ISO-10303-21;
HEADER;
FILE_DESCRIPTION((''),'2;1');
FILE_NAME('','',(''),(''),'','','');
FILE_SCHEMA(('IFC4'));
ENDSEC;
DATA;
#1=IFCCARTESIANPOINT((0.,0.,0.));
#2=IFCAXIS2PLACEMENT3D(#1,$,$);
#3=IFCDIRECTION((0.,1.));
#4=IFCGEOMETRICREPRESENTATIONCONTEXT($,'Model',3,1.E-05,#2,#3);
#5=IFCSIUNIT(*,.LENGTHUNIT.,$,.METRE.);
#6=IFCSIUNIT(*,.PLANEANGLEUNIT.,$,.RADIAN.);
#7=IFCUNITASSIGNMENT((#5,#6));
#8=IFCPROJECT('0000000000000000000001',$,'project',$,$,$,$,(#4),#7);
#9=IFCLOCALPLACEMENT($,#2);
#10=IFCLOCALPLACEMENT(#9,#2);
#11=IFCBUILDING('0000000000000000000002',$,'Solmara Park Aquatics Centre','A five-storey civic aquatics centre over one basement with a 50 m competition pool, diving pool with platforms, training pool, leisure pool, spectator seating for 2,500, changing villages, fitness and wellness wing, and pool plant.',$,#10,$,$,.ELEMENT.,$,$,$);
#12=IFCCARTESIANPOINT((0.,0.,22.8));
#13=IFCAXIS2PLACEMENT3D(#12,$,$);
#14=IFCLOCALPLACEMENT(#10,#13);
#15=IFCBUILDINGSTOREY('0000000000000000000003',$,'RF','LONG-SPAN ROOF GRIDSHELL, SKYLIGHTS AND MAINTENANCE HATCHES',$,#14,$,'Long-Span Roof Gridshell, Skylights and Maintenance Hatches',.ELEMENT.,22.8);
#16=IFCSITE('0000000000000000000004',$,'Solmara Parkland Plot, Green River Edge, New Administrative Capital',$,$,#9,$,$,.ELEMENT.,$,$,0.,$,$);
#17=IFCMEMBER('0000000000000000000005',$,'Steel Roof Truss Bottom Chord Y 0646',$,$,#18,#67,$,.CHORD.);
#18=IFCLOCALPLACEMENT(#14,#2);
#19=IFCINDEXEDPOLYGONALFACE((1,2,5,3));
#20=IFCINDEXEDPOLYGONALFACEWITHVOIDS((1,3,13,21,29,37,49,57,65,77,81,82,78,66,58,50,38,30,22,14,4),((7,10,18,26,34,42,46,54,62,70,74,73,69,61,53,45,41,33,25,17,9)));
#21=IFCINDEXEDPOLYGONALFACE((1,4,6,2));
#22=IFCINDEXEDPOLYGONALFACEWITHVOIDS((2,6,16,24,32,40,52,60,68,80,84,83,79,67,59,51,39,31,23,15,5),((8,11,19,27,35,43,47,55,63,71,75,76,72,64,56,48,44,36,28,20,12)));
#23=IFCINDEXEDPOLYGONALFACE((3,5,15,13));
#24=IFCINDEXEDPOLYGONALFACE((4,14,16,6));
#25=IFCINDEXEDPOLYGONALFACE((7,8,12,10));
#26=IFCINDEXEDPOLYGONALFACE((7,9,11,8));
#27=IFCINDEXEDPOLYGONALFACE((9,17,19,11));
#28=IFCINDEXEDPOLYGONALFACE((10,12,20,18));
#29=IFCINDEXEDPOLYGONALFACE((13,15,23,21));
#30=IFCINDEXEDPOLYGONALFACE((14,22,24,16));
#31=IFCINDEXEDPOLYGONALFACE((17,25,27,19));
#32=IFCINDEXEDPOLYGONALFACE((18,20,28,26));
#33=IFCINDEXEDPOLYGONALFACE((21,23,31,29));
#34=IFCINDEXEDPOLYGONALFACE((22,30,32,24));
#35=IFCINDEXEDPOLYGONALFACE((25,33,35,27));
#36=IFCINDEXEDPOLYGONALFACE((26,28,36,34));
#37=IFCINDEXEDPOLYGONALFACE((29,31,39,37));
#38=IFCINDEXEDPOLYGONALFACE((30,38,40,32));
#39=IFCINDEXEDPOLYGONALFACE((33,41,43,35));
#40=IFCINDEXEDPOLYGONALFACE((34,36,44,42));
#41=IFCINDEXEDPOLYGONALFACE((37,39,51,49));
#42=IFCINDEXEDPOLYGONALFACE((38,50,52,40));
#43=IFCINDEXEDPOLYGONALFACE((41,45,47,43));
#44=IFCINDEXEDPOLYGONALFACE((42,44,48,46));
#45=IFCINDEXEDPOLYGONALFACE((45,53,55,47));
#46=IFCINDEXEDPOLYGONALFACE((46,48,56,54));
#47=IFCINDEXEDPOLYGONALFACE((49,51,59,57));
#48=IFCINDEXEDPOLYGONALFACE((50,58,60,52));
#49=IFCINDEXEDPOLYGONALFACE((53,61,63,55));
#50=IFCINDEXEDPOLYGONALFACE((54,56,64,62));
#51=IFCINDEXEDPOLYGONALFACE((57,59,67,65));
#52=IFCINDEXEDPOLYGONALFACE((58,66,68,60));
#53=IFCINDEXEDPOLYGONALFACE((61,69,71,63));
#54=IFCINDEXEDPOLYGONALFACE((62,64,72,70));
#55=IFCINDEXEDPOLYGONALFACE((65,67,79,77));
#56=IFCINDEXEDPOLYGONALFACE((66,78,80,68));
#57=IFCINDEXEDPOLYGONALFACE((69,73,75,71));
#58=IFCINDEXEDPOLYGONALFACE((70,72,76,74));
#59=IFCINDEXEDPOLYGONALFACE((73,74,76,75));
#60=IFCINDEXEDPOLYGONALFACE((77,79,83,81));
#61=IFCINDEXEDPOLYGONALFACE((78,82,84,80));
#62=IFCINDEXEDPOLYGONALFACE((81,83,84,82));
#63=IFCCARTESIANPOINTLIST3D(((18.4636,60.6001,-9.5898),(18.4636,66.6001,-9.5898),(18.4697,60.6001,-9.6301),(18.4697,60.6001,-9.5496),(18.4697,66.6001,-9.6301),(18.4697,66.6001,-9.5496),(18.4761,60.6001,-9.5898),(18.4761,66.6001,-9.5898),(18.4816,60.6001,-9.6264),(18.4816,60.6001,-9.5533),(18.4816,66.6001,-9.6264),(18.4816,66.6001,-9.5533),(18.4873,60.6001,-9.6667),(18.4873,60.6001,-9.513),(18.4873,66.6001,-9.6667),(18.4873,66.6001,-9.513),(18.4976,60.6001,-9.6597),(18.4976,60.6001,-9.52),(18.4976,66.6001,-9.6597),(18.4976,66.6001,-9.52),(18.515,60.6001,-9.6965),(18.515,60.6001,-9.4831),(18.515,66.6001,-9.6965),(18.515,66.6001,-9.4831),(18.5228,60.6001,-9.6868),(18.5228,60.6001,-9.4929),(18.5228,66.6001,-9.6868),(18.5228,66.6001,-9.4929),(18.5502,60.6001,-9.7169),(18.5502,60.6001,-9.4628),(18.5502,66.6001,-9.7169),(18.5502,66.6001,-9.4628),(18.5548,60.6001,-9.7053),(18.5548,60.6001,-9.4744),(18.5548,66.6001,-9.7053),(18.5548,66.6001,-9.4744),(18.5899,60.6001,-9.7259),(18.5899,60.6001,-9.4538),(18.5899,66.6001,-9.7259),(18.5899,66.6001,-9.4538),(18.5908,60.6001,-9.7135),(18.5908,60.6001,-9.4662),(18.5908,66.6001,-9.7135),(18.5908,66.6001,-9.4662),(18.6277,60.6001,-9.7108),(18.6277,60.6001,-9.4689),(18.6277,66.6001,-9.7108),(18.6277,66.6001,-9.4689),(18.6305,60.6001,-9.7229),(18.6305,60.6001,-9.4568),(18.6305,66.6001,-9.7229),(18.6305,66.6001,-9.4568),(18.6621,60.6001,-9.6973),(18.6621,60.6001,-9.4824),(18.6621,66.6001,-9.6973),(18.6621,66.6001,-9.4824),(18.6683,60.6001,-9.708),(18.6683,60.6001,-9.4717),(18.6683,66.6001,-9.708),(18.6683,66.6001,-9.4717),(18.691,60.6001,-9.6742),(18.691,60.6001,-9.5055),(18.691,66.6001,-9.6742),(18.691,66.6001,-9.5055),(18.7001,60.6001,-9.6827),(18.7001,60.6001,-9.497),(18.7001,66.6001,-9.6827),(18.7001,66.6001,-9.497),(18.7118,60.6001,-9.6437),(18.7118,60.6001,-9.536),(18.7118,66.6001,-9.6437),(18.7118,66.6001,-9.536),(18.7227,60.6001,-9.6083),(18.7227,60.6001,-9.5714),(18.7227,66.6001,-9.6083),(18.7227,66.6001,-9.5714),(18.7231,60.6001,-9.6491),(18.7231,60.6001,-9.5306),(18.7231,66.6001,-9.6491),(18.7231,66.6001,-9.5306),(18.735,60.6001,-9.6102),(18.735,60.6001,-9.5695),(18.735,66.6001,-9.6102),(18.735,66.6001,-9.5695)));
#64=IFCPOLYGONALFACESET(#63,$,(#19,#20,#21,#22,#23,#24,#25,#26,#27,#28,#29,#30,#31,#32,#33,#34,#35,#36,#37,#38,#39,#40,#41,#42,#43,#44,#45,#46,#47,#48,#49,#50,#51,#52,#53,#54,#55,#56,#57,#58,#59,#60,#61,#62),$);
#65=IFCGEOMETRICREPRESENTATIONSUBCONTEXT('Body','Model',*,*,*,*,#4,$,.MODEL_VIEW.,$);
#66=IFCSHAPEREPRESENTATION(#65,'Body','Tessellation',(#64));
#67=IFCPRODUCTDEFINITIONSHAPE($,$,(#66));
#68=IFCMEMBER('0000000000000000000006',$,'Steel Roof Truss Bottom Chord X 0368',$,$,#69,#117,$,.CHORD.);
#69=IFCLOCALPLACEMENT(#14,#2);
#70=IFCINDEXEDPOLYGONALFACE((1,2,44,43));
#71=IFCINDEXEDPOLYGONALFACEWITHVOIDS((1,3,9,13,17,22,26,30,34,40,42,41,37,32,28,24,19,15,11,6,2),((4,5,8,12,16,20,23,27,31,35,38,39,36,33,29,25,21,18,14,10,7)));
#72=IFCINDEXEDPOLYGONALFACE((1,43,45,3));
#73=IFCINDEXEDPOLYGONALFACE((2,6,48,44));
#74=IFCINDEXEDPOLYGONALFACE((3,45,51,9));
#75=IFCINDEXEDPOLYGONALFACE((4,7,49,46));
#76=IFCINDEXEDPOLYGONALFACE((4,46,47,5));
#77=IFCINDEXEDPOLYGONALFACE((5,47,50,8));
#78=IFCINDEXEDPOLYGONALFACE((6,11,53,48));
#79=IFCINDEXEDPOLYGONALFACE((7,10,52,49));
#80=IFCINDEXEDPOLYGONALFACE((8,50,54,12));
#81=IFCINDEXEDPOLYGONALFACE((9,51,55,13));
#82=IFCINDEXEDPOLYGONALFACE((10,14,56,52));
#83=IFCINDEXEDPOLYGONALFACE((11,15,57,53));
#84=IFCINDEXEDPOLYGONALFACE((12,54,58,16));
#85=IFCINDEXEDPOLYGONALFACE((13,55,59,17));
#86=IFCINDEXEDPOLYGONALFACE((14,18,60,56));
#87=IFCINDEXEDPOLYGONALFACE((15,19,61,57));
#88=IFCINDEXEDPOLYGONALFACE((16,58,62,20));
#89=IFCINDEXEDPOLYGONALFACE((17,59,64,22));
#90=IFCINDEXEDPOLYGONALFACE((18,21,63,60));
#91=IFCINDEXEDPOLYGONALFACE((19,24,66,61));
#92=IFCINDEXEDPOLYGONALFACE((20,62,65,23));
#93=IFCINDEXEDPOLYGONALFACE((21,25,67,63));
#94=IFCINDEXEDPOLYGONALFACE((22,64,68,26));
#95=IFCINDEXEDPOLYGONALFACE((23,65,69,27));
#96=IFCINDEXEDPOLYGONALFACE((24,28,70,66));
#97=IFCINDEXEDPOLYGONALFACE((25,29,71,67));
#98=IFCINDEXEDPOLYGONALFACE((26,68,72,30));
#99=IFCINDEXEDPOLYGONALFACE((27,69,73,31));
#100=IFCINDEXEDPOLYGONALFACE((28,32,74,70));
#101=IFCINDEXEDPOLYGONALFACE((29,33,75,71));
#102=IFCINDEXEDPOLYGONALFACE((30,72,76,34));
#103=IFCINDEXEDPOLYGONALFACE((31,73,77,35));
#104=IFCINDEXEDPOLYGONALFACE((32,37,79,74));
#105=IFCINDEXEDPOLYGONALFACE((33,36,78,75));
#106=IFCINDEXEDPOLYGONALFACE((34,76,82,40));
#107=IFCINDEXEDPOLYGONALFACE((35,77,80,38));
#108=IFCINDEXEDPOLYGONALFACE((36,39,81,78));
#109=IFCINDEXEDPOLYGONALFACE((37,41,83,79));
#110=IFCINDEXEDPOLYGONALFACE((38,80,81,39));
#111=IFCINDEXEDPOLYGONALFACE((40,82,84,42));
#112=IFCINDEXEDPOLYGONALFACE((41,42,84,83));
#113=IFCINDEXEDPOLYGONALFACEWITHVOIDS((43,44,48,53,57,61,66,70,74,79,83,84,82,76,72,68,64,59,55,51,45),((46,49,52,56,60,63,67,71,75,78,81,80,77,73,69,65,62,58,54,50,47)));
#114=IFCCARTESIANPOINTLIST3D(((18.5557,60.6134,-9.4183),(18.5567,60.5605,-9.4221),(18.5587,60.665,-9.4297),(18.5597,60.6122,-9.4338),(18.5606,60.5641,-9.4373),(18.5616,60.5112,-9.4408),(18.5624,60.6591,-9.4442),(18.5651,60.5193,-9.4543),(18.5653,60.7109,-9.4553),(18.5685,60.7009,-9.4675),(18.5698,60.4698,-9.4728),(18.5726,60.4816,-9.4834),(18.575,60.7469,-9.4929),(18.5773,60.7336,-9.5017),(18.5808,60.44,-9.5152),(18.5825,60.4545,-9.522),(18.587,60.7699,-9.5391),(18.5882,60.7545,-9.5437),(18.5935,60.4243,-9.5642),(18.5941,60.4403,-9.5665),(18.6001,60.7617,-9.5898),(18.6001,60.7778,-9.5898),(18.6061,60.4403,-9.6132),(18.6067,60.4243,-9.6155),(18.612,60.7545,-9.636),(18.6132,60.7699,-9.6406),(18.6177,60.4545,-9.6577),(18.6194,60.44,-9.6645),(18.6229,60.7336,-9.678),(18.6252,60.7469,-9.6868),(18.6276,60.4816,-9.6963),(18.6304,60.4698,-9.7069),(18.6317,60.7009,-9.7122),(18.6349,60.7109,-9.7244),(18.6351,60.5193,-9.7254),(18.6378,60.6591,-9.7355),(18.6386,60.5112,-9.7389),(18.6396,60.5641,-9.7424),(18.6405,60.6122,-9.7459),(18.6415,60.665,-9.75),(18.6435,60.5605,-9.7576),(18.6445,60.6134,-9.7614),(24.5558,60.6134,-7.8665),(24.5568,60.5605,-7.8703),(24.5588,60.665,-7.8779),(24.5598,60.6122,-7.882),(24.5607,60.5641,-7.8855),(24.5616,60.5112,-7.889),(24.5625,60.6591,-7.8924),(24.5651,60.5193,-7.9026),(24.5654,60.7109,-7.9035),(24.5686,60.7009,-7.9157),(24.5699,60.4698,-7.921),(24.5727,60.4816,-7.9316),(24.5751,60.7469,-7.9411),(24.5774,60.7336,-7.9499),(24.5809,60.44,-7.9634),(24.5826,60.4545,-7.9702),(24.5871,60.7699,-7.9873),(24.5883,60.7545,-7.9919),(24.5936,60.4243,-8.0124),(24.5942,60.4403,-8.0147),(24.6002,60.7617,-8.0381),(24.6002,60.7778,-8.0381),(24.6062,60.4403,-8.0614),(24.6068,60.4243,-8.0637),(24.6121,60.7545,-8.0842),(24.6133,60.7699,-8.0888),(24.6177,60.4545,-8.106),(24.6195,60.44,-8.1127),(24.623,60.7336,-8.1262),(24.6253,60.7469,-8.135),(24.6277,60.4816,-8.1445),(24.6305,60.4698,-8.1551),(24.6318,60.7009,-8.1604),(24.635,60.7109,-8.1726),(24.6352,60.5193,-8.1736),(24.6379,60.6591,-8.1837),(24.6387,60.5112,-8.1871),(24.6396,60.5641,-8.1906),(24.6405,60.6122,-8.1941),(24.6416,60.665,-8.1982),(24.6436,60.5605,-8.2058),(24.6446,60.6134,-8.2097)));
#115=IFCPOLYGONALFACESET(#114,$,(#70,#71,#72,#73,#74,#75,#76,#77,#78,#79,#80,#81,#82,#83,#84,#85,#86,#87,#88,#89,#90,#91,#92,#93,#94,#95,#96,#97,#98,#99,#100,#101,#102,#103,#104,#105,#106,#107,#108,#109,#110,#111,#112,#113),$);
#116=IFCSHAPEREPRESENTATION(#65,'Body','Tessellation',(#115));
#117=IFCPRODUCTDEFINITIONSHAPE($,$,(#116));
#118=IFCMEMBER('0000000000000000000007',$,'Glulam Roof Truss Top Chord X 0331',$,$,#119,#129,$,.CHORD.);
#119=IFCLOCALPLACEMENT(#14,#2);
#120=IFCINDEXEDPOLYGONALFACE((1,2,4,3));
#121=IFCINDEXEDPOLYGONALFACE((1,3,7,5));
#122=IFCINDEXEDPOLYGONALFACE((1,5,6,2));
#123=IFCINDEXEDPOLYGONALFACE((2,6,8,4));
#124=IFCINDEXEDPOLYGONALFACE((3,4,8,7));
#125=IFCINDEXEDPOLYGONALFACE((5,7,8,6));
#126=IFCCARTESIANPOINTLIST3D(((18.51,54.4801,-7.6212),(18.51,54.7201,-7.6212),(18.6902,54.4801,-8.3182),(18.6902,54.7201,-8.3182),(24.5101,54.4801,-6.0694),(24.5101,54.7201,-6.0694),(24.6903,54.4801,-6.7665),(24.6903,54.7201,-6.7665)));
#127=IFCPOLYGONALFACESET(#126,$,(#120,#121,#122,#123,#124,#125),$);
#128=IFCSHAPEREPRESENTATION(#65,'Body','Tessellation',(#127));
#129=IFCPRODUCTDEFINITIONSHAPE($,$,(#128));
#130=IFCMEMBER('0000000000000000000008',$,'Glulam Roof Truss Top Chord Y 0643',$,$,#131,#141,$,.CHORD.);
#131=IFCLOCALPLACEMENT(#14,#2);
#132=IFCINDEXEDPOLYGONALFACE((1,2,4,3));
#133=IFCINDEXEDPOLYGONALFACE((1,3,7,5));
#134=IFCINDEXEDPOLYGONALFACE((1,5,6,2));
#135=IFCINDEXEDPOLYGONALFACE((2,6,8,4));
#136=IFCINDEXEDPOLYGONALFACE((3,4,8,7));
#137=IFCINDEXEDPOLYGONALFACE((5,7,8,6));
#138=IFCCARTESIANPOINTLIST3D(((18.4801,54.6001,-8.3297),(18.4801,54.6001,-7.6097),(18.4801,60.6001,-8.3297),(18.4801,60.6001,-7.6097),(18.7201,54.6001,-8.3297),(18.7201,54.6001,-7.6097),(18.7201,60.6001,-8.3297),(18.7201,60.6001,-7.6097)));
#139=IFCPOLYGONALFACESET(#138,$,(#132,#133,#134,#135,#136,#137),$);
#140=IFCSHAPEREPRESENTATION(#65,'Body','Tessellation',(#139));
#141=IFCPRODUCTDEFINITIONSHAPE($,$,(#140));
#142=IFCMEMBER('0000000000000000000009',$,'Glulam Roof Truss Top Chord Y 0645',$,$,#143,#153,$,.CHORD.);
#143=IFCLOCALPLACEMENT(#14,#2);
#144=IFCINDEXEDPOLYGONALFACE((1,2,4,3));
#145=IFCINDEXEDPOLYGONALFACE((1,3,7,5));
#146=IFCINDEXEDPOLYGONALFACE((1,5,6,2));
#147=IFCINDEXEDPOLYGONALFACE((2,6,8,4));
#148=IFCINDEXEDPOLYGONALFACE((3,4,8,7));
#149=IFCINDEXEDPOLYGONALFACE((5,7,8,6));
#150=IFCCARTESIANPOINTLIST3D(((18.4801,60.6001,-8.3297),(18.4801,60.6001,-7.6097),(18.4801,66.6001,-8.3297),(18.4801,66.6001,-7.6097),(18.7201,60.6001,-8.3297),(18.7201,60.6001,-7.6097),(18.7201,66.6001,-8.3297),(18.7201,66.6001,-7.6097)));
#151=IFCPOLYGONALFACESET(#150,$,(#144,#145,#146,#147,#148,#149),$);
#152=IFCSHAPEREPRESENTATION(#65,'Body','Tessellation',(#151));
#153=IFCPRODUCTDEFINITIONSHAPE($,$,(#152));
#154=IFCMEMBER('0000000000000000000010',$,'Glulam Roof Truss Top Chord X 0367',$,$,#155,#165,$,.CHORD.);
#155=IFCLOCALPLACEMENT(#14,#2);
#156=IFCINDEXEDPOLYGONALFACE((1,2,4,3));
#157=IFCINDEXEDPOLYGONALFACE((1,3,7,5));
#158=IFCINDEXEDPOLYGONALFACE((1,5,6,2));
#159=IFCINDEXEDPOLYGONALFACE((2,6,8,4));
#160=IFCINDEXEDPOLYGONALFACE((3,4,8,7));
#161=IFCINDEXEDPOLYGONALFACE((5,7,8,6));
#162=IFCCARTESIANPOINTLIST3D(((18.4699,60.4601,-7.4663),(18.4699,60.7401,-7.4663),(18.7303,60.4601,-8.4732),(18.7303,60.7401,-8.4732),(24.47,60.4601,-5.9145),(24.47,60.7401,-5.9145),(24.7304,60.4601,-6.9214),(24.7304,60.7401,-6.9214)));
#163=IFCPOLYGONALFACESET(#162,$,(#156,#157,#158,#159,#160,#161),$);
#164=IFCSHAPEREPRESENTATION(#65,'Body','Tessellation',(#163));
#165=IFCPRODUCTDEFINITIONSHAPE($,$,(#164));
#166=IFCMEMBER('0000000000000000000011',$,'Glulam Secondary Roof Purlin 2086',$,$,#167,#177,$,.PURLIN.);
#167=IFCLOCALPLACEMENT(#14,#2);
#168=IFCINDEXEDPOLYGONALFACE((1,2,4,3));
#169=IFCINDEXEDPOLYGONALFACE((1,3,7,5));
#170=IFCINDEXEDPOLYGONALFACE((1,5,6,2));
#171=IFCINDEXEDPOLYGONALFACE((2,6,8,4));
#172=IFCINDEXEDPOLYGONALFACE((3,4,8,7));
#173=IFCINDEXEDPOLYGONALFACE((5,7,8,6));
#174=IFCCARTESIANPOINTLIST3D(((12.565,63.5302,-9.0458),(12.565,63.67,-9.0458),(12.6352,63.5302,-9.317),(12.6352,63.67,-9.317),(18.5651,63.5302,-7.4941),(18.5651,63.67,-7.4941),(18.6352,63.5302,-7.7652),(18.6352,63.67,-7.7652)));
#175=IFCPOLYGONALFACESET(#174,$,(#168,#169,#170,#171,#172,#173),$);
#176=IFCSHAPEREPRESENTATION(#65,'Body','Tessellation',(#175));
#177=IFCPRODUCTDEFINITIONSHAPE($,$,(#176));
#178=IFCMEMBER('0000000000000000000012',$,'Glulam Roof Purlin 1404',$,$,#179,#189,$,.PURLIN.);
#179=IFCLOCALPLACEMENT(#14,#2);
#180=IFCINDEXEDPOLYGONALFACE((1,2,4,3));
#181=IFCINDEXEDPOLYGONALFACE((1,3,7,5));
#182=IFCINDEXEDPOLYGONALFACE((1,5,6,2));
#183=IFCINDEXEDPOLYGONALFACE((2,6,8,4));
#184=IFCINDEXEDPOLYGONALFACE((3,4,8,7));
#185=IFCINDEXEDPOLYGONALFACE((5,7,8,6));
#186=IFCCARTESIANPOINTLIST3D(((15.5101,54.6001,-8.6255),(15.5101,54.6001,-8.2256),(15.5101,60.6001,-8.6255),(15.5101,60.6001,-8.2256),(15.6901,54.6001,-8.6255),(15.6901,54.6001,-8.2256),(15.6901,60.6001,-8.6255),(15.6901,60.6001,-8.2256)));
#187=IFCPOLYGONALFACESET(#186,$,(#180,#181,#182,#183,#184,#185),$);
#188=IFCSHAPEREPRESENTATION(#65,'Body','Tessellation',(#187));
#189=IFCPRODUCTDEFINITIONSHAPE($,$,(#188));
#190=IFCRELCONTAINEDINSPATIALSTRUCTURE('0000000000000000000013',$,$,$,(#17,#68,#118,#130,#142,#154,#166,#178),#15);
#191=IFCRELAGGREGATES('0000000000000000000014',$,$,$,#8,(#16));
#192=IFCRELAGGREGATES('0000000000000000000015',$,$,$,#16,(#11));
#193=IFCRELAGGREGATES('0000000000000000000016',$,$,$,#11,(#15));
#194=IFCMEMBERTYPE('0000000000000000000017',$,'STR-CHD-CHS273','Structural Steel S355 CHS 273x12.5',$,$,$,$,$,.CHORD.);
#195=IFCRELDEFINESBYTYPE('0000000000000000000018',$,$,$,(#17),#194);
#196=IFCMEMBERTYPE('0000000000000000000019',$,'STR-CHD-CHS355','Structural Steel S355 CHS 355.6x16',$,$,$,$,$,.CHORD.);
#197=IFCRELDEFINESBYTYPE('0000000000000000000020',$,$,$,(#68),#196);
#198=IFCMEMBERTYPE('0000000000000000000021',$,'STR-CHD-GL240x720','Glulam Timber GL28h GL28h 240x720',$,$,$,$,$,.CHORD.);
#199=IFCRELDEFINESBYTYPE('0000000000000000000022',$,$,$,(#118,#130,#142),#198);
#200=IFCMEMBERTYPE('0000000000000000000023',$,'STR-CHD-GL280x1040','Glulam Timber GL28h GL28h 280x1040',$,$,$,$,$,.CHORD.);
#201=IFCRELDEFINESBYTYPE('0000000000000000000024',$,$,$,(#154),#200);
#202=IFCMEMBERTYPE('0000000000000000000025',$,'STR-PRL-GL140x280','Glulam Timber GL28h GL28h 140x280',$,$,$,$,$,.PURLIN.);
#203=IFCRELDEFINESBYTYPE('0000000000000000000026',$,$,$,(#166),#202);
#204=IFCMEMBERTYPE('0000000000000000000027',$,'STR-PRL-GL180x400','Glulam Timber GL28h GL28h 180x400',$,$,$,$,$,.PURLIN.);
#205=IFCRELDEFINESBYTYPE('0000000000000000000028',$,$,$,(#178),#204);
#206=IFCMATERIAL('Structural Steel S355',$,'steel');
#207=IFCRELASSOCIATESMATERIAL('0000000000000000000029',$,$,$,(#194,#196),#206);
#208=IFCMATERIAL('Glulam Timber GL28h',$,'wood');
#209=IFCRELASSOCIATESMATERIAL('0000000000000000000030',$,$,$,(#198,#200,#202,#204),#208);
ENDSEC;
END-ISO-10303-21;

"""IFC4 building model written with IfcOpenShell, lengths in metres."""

from ifc_helpers import new_model, si_unit, direction, frame, origin, origin_2d, place, context, subcontext, project, spatial, rectangle, hollow_circle, extrude, material, material_profile, profile_set, type_object, element, save


model = new_model("IFC4")

# Units and contexts
model_context = context("Model", 3, precision=1e-05, world=origin(), true_north=direction((0.0, 1.0)))
body_context = subcontext(model_context, "Body", "Model", "MODEL_VIEW")
ifc_project = project(units=[si_unit("LENGTHUNIT", "METRE"), si_unit("PLANEANGLEUNIT", "RADIAN")], contexts=[model_context])

# Site, building, storey
site_placement = place(None, origin())
site = spatial("IfcSite", under=ifc_project, at=site_placement, Name="Solmara Parkland Plot, Green River Edge, New Administrative Capital", CompositionType="ELEMENT", RefElevation=0.0)
building_placement = place(site_placement, origin())
building = spatial("IfcBuilding", under=site, at=building_placement, Name="Solmara Park Aquatics Centre", Description="A five-storey civic aquatics centre over one basement with a 50 m competition pool, diving pool with platforms, training pool, leisure pool, spectator seating for 2,500, changing villages, fitness and wellness wing, and pool plant.", CompositionType="ELEMENT")
storey_placement = place(building_placement, frame((0.0, 0.0, 22.8)))
storey = spatial("IfcBuildingStorey", under=building, at=storey_placement, Name="RF", Description="LONG-SPAN ROOF GRIDSHELL, SKYLIGHTS AND MAINTENANCE HATCHES", LongName="Long-Span Roof Gridshell, Skylights and Maintenance Hatches", CompositionType="ELEMENT", Elevation=22.8)

# Members
ifc_material_1 = material(Name="Structural Steel S355", Category="steel")
ifc_material_profile_1 = material_profile(ifc_material_1, hollow_circle(Radius=0.1365, WallThickness=0.0125, at=origin_2d()), Name="CHS 273x12.5")
ifc_profile_set_1 = profile_set([ifc_material_profile_1], Name="Structural Steel S355")
member_type_1 = type_object("IfcMemberType", Name="STR-CHD-CHS273", Description="Structural Steel S355 CHS 273x12.5", PredefinedType="CHORD", material=ifc_profile_set_1)
for number, where, z_axis, x_axis, name in (
    (1, (18.6001, 60.6001, -9.5898), (0.0, 1.0, 0.0), (-1.0, 0.0, 0.0), "Steel Roof Truss Bottom Chord Y 0646"),
):
    element("IfcMember", number, at=place(storey_placement, frame(where, z_axis=z_axis, x_axis=x_axis)), inside=storey, type_object=member_type_1, Name=name, PredefinedType="CHORD", context=body_context, shape_type="SweptSolid", body=[
        extrude(hollow_circle(Radius=0.1365, WallThickness=0.0125, at=origin_2d()), origin(), (0.0, 0.0, 1.0), 6.0),
    ])
ifc_material_profile_2 = material_profile(ifc_material_1, hollow_circle(Radius=0.1777, WallThickness=0.0161, at=origin_2d()), Name="CHS 355.6x16")
ifc_profile_set_2 = profile_set([ifc_material_profile_2], Name="Structural Steel S355")
member_type_2 = type_object("IfcMemberType", Name="STR-CHD-CHS355", Description="Structural Steel S355 CHS 355.6x16", PredefinedType="CHORD", material=ifc_profile_set_2)
member_1_placement = place(storey_placement, frame((18.6001, 60.6001, -9.5898), z_axis=(0.968146, 0.0, 0.250388), x_axis=(0.0, 1.0, 0.0)))
element("IfcMember", 2, at=member_1_placement, inside=storey, type_object=member_type_2, Name="Steel Roof Truss Bottom Chord X 0368", PredefinedType="CHORD", context=body_context, shape_type="SweptSolid", body=[
    extrude(hollow_circle(Radius=0.1777, WallThickness=0.0161, at=origin_2d()), origin(), (0.0, 0.0, 1.0), 6.1975),
])
ifc_material_2 = material(Name="Glulam Timber GL28h", Category="wood")
ifc_material_profile_3 = material_profile(ifc_material_2, rectangle(XDim=0.24, YDim=0.72, at=origin_2d()), Name="GL28h 240x720")
ifc_profile_set_3 = profile_set([ifc_material_profile_3], Name="Glulam Timber GL28h")
member_type_3 = type_object("IfcMemberType", Name="STR-CHD-GL240x720", Description="Glulam Timber GL28h GL28h 240x720", PredefinedType="CHORD", material=ifc_profile_set_3)
member_2_placement = place(storey_placement, frame((18.6001, 54.6001, -7.9697), z_axis=(0.968146, 0.0, 0.250388), x_axis=(0.0, 1.0, 0.0)))
element("IfcMember", 3, at=member_2_placement, inside=storey, type_object=member_type_3, Name="Glulam Roof Truss Top Chord X 0331", PredefinedType="CHORD", context=body_context, shape_type="SweptSolid", body=[
    extrude(rectangle(XDim=0.24, YDim=0.72, at=origin_2d()), origin(), (0.0, 0.0, 1.0), 6.1975),
])
for number, where, z_axis, x_axis, name in (
    (4, (18.6001, 54.6001, -7.9697), (0.0, 1.0, 0.0), (-1.0, 0.0, 0.0), "Glulam Roof Truss Top Chord Y 0643"),
    (5, (18.6001, 60.6001, -7.9697), (0.0, 1.0, 0.0), (-1.0, 0.0, 0.0), "Glulam Roof Truss Top Chord Y 0645"),
):
    element("IfcMember", number, at=place(storey_placement, frame(where, z_axis=z_axis, x_axis=x_axis)), inside=storey, type_object=member_type_3, Name=name, PredefinedType="CHORD", context=body_context, shape_type="SweptSolid", body=[
        extrude(rectangle(XDim=0.24, YDim=0.72, at=origin_2d()), origin(), (0.0, 0.0, 1.0), 6.0),
    ])
ifc_material_profile_4 = material_profile(ifc_material_2, rectangle(XDim=0.28, YDim=1.04, at=origin_2d()), Name="GL28h 280x1040")
ifc_profile_set_4 = profile_set([ifc_material_profile_4], Name="Glulam Timber GL28h")
member_type_4 = type_object("IfcMemberType", Name="STR-CHD-GL280x1040", Description="Glulam Timber GL28h GL28h 280x1040", PredefinedType="CHORD", material=ifc_profile_set_4)
member_3_placement = place(storey_placement, frame((18.6001, 60.6001, -7.9697), z_axis=(0.968146, 0.0, 0.250388), x_axis=(0.0, 1.0, 0.0)))
element("IfcMember", 6, at=member_3_placement, inside=storey, type_object=member_type_4, Name="Glulam Roof Truss Top Chord X 0367", PredefinedType="CHORD", context=body_context, shape_type="SweptSolid", body=[
    extrude(rectangle(XDim=0.28, YDim=1.04, at=origin_2d()), origin(), (0.0, 0.0, 1.0), 6.1975),
])
ifc_material_profile_5 = material_profile(ifc_material_2, rectangle(XDim=0.1399, YDim=0.28, at=origin_2d()), Name="GL28h 140x280")
ifc_profile_set_5 = profile_set([ifc_material_profile_5], Name="Glulam Timber GL28h")
member_type_5 = type_object("IfcMemberType", Name="STR-PRL-GL140x280", Description="Glulam Timber GL28h GL28h 140x280", PredefinedType="PURLIN", material=ifc_profile_set_5)
member_4_placement = place(storey_placement, frame((12.6001, 63.6001, -9.1814), z_axis=(0.968146, 0.0, 0.250388), x_axis=(0.0, 1.0, 0.0)))
element("IfcMember", 7, at=member_4_placement, inside=storey, type_object=member_type_5, Name="Glulam Secondary Roof Purlin 2086", PredefinedType="PURLIN", context=body_context, shape_type="SweptSolid", body=[
    extrude(rectangle(XDim=0.1399, YDim=0.28, at=origin_2d()), origin(), (0.0, 0.0, 1.0), 6.1975),
])
ifc_material_profile_6 = material_profile(ifc_material_2, rectangle(XDim=0.1799, YDim=0.3999, at=origin_2d()), Name="GL28h 180x400")
ifc_profile_set_6 = profile_set([ifc_material_profile_6], Name="Glulam Timber GL28h")
member_type_6 = type_object("IfcMemberType", Name="STR-PRL-GL180x400", Description="Glulam Timber GL28h GL28h 180x400", PredefinedType="PURLIN", material=ifc_profile_set_6)
for number, where, z_axis, x_axis, name in (
    (8, (15.6001, 54.6001, -8.4255), (0.0, 1.0, 0.0), (-1.0, 0.0, 0.0), "Glulam Roof Purlin 1404"),
):
    element("IfcMember", number, at=place(storey_placement, frame(where, z_axis=z_axis, x_axis=x_axis)), inside=storey, type_object=member_type_6, Name=name, PredefinedType="PURLIN", context=body_context, shape_type="SweptSolid", body=[
        extrude(rectangle(XDim=0.1799, YDim=0.3999, at=origin_2d()), origin(), (0.0, 0.0, 1.0), 6.0),
    ])

save(model, "model.ifc")
